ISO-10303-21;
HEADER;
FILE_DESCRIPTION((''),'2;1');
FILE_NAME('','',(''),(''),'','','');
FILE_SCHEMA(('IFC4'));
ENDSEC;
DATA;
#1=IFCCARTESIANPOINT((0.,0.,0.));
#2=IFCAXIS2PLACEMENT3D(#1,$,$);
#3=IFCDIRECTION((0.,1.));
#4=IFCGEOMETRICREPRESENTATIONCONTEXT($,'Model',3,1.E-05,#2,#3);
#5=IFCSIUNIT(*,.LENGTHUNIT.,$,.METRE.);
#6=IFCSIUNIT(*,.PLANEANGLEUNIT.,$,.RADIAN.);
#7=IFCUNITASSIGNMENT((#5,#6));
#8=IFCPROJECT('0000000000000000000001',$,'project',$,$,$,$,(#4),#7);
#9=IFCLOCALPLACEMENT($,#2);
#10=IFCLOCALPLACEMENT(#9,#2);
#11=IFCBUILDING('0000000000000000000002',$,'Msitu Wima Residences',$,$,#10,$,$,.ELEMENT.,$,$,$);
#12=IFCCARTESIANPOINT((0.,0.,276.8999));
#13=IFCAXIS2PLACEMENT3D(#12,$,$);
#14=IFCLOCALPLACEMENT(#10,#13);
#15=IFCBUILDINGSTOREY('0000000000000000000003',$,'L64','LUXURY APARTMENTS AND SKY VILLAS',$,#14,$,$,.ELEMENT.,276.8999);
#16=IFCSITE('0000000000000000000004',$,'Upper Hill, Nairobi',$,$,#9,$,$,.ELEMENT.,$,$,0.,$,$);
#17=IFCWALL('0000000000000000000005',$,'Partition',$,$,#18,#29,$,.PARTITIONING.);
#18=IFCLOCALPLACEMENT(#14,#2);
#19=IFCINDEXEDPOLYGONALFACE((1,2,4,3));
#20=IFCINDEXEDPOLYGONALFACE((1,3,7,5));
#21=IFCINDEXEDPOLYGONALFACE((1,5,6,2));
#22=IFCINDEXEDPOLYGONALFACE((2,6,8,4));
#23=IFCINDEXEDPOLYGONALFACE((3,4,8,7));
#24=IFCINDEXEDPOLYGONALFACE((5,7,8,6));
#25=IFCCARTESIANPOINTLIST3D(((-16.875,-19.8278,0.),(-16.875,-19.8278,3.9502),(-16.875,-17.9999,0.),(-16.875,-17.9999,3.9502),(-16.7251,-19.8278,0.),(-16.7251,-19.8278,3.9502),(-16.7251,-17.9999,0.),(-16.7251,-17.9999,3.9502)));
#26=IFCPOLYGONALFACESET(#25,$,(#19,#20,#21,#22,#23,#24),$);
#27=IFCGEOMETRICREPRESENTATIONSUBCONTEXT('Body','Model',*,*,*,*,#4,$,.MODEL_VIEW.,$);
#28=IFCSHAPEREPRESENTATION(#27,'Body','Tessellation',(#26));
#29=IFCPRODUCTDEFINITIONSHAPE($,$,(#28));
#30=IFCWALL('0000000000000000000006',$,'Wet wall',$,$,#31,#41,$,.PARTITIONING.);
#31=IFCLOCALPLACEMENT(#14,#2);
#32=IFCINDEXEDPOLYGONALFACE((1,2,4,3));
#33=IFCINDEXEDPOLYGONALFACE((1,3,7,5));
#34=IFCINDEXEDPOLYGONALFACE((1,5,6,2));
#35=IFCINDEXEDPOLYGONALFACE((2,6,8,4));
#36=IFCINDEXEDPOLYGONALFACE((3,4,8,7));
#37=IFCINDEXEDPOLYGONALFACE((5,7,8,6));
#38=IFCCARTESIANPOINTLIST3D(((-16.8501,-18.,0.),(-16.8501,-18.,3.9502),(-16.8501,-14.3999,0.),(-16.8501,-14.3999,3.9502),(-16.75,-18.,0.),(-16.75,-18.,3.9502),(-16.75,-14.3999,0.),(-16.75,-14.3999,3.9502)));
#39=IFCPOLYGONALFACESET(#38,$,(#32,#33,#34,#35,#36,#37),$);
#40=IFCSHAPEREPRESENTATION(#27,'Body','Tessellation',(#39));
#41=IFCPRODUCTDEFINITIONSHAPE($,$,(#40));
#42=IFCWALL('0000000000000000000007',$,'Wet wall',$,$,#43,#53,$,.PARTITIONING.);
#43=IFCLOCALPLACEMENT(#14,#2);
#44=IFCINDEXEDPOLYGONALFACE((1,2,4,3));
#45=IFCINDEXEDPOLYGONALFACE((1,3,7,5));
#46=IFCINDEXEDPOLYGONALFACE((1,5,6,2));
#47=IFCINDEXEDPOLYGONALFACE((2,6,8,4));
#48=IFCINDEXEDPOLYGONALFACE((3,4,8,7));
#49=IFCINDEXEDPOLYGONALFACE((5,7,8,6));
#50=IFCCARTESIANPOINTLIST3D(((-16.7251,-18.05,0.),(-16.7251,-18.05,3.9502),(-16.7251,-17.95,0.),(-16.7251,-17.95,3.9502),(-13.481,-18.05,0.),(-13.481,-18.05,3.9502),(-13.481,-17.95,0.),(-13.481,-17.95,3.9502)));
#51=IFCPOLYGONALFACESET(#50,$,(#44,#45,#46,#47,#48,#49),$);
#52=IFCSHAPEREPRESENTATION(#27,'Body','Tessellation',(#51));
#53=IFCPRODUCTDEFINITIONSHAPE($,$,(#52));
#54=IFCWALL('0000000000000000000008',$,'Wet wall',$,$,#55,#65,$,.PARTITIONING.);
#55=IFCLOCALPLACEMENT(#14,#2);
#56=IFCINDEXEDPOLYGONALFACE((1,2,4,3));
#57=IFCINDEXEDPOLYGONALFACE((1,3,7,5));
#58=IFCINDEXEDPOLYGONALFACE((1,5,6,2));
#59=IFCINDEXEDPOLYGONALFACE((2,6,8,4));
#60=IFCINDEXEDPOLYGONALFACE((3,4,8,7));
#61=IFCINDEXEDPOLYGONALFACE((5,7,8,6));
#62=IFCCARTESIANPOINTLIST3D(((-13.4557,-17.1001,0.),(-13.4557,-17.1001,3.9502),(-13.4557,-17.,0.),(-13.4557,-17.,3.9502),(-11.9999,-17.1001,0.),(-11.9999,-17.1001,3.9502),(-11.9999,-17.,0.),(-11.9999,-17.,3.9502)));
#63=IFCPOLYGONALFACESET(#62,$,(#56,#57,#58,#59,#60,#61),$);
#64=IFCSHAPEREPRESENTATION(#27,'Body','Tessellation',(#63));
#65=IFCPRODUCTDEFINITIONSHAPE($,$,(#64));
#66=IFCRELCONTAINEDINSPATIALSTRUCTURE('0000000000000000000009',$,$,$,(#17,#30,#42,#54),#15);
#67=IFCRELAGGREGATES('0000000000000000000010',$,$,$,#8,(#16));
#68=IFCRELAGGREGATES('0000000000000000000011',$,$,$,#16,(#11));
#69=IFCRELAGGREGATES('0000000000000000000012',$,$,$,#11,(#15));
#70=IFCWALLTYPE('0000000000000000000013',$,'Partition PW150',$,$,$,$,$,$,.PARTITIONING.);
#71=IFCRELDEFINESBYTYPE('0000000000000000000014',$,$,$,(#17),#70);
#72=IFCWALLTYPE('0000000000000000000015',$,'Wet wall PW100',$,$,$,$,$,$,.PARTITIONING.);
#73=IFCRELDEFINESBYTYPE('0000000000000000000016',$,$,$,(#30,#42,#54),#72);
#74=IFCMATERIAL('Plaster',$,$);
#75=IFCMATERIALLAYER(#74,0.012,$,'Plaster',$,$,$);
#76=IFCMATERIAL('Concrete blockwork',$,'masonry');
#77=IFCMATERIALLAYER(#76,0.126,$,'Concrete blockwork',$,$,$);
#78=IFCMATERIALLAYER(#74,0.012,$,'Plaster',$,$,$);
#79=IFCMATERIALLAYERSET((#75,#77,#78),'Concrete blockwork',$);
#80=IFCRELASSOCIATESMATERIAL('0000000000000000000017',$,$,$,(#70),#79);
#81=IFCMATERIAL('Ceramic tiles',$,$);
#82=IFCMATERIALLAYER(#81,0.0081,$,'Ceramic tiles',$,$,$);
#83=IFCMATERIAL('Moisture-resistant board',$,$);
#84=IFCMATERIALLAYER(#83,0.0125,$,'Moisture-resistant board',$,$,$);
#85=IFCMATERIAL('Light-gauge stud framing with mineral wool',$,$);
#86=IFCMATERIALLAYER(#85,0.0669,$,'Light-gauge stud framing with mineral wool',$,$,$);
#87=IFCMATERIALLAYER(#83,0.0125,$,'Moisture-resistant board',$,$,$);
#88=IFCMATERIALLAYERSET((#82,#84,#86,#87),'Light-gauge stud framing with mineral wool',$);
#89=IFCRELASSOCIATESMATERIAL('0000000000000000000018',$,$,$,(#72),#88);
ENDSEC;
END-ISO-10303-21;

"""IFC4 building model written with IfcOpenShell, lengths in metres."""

from ifc_helpers import new_model, si_unit, direction, frame, frame_2d, origin, place, context, subcontext, project, spatial, rectangle, extrude, material, layer, layer_set, type_object, element, save


model = new_model("IFC4")

# Units and contexts
model_context = context("Model", 3, precision=1e-05, world=origin(), true_north=direction((0.0, 1.0)))
body_context = subcontext(model_context, "Body", "Model", "MODEL_VIEW")
ifc_project = project(units=[si_unit("LENGTHUNIT", "METRE"), si_unit("PLANEANGLEUNIT", "RADIAN")], contexts=[model_context])

# Site, building, storey
site_placement = place(None, origin())
site = spatial("IfcSite", under=ifc_project, at=site_placement, Name="Upper Hill, Nairobi", CompositionType="ELEMENT", RefElevation=0.0)
building_placement = place(site_placement, origin())
building = spatial("IfcBuilding", under=site, at=building_placement, Name="Msitu Wima Residences", CompositionType="ELEMENT")
storey_placement = place(building_placement, frame((0.0, 0.0, 276.8999)))
storey = spatial("IfcBuildingStorey", under=building, at=storey_placement, Name="L64", Description="LUXURY APARTMENTS AND SKY VILLAS", CompositionType="ELEMENT", Elevation=276.8999)

# Shared definitions
ifc_material_1 = material(Name="Plaster")
ifc_material_2 = material(Name="Concrete blockwork", Category="masonry")

# Shared definitions
ifc_layer_1 = layer(ifc_material_1, 0.012, Name="Plaster")
ifc_layer_2 = layer(ifc_material_2, 0.126, Name="Concrete blockwork")
ifc_layer_3 = layer(ifc_material_1, 0.012, Name="Plaster")
ifc_layer_set_1 = layer_set([ifc_layer_1, ifc_layer_2, ifc_layer_3], Name="Concrete blockwork")
wall_type_1 = type_object("IfcWallType", Name="Partition PW150", PredefinedType="PARTITIONING", material=ifc_layer_set_1)

# Walls
wall_1_placement = place(storey_placement, frame((-16.8, -19.8279, 0.0), z_axis=(0.0, 0.0, 1.0), x_axis=(0.0, 1.0, 0.0)))
element("IfcWall", 1, at=wall_1_placement, inside=storey, type_object=wall_type_1, Name="Partition", PredefinedType="PARTITIONING", context=body_context, shape_type="SweptSolid", body=[
    extrude(rectangle(XDim=1.8279, YDim=0.1499, at=frame_2d((0.9141, 0.0))), origin(), (0.0, 0.0, 1.0), 3.9502),
])
ifc_material_3 = material(Name="Ceramic tiles")
ifc_layer_4 = layer(ifc_material_3, 0.0081, Name="Ceramic tiles")
ifc_material_4 = material(Name="Moisture-resistant board")
ifc_layer_5 = layer(ifc_material_4, 0.0125, Name="Moisture-resistant board")
ifc_material_5 = material(Name="Light-gauge stud framing with mineral wool")
ifc_layer_6 = layer(ifc_material_5, 0.0669, Name="Light-gauge stud framing with mineral wool")
ifc_layer_7 = layer(ifc_material_4, 0.0125, Name="Moisture-resistant board")
ifc_layer_set_2 = layer_set([ifc_layer_4, ifc_layer_5, ifc_layer_6, ifc_layer_7], Name="Light-gauge stud framing with mineral wool")
wall_type_2 = type_object("IfcWallType", Name="Wet wall PW100", PredefinedType="PARTITIONING", material=ifc_layer_set_2)
wall_2_placement = place(storey_placement, frame((-16.8, -18.0, 0.0), z_axis=(0.0, 0.0, 1.0), x_axis=(0.0, 1.0, 0.0)))
element("IfcWall", 2, at=wall_2_placement, inside=storey, type_object=wall_type_2, Name="Wet wall", PredefinedType="PARTITIONING", context=body_context, shape_type="SweptSolid", body=[
    extrude(rectangle(XDim=3.6001, YDim=0.1001, at=frame_2d((1.8, 0.0))), origin(), (0.0, 0.0, 1.0), 3.9502),
])
wall_3_placement = place(storey_placement, frame((-16.7251, -18.0, 0.0), z_axis=(0.0, 0.0, 1.0), x_axis=(1.0, 0.0, 0.0)))
element("IfcWall", 3, at=wall_3_placement, inside=storey, type_object=wall_type_2, Name="Wet wall", PredefinedType="PARTITIONING", context=body_context, shape_type="SweptSolid", body=[
    extrude(rectangle(XDim=3.2441, YDim=0.1001, at=frame_2d((1.6221, 0.0))), origin(), (0.0, 0.0, 1.0), 3.9502),
])
wall_4_placement = place(storey_placement, frame((-13.4558, -17.05, 0.0), z_axis=(0.0, 0.0, 1.0), x_axis=(1.0, 0.0, 0.0)))
element("IfcWall", 4, at=wall_4_placement, inside=storey, type_object=wall_type_2, Name="Wet wall", PredefinedType="PARTITIONING", context=body_context, shape_type="SweptSolid", body=[
    extrude(rectangle(XDim=1.4558, YDim=0.1001, at=frame_2d((0.728, 0.0))), origin(), (0.0, 0.0, 1.0), 3.9502),
])

save(model, "model.ifc")
